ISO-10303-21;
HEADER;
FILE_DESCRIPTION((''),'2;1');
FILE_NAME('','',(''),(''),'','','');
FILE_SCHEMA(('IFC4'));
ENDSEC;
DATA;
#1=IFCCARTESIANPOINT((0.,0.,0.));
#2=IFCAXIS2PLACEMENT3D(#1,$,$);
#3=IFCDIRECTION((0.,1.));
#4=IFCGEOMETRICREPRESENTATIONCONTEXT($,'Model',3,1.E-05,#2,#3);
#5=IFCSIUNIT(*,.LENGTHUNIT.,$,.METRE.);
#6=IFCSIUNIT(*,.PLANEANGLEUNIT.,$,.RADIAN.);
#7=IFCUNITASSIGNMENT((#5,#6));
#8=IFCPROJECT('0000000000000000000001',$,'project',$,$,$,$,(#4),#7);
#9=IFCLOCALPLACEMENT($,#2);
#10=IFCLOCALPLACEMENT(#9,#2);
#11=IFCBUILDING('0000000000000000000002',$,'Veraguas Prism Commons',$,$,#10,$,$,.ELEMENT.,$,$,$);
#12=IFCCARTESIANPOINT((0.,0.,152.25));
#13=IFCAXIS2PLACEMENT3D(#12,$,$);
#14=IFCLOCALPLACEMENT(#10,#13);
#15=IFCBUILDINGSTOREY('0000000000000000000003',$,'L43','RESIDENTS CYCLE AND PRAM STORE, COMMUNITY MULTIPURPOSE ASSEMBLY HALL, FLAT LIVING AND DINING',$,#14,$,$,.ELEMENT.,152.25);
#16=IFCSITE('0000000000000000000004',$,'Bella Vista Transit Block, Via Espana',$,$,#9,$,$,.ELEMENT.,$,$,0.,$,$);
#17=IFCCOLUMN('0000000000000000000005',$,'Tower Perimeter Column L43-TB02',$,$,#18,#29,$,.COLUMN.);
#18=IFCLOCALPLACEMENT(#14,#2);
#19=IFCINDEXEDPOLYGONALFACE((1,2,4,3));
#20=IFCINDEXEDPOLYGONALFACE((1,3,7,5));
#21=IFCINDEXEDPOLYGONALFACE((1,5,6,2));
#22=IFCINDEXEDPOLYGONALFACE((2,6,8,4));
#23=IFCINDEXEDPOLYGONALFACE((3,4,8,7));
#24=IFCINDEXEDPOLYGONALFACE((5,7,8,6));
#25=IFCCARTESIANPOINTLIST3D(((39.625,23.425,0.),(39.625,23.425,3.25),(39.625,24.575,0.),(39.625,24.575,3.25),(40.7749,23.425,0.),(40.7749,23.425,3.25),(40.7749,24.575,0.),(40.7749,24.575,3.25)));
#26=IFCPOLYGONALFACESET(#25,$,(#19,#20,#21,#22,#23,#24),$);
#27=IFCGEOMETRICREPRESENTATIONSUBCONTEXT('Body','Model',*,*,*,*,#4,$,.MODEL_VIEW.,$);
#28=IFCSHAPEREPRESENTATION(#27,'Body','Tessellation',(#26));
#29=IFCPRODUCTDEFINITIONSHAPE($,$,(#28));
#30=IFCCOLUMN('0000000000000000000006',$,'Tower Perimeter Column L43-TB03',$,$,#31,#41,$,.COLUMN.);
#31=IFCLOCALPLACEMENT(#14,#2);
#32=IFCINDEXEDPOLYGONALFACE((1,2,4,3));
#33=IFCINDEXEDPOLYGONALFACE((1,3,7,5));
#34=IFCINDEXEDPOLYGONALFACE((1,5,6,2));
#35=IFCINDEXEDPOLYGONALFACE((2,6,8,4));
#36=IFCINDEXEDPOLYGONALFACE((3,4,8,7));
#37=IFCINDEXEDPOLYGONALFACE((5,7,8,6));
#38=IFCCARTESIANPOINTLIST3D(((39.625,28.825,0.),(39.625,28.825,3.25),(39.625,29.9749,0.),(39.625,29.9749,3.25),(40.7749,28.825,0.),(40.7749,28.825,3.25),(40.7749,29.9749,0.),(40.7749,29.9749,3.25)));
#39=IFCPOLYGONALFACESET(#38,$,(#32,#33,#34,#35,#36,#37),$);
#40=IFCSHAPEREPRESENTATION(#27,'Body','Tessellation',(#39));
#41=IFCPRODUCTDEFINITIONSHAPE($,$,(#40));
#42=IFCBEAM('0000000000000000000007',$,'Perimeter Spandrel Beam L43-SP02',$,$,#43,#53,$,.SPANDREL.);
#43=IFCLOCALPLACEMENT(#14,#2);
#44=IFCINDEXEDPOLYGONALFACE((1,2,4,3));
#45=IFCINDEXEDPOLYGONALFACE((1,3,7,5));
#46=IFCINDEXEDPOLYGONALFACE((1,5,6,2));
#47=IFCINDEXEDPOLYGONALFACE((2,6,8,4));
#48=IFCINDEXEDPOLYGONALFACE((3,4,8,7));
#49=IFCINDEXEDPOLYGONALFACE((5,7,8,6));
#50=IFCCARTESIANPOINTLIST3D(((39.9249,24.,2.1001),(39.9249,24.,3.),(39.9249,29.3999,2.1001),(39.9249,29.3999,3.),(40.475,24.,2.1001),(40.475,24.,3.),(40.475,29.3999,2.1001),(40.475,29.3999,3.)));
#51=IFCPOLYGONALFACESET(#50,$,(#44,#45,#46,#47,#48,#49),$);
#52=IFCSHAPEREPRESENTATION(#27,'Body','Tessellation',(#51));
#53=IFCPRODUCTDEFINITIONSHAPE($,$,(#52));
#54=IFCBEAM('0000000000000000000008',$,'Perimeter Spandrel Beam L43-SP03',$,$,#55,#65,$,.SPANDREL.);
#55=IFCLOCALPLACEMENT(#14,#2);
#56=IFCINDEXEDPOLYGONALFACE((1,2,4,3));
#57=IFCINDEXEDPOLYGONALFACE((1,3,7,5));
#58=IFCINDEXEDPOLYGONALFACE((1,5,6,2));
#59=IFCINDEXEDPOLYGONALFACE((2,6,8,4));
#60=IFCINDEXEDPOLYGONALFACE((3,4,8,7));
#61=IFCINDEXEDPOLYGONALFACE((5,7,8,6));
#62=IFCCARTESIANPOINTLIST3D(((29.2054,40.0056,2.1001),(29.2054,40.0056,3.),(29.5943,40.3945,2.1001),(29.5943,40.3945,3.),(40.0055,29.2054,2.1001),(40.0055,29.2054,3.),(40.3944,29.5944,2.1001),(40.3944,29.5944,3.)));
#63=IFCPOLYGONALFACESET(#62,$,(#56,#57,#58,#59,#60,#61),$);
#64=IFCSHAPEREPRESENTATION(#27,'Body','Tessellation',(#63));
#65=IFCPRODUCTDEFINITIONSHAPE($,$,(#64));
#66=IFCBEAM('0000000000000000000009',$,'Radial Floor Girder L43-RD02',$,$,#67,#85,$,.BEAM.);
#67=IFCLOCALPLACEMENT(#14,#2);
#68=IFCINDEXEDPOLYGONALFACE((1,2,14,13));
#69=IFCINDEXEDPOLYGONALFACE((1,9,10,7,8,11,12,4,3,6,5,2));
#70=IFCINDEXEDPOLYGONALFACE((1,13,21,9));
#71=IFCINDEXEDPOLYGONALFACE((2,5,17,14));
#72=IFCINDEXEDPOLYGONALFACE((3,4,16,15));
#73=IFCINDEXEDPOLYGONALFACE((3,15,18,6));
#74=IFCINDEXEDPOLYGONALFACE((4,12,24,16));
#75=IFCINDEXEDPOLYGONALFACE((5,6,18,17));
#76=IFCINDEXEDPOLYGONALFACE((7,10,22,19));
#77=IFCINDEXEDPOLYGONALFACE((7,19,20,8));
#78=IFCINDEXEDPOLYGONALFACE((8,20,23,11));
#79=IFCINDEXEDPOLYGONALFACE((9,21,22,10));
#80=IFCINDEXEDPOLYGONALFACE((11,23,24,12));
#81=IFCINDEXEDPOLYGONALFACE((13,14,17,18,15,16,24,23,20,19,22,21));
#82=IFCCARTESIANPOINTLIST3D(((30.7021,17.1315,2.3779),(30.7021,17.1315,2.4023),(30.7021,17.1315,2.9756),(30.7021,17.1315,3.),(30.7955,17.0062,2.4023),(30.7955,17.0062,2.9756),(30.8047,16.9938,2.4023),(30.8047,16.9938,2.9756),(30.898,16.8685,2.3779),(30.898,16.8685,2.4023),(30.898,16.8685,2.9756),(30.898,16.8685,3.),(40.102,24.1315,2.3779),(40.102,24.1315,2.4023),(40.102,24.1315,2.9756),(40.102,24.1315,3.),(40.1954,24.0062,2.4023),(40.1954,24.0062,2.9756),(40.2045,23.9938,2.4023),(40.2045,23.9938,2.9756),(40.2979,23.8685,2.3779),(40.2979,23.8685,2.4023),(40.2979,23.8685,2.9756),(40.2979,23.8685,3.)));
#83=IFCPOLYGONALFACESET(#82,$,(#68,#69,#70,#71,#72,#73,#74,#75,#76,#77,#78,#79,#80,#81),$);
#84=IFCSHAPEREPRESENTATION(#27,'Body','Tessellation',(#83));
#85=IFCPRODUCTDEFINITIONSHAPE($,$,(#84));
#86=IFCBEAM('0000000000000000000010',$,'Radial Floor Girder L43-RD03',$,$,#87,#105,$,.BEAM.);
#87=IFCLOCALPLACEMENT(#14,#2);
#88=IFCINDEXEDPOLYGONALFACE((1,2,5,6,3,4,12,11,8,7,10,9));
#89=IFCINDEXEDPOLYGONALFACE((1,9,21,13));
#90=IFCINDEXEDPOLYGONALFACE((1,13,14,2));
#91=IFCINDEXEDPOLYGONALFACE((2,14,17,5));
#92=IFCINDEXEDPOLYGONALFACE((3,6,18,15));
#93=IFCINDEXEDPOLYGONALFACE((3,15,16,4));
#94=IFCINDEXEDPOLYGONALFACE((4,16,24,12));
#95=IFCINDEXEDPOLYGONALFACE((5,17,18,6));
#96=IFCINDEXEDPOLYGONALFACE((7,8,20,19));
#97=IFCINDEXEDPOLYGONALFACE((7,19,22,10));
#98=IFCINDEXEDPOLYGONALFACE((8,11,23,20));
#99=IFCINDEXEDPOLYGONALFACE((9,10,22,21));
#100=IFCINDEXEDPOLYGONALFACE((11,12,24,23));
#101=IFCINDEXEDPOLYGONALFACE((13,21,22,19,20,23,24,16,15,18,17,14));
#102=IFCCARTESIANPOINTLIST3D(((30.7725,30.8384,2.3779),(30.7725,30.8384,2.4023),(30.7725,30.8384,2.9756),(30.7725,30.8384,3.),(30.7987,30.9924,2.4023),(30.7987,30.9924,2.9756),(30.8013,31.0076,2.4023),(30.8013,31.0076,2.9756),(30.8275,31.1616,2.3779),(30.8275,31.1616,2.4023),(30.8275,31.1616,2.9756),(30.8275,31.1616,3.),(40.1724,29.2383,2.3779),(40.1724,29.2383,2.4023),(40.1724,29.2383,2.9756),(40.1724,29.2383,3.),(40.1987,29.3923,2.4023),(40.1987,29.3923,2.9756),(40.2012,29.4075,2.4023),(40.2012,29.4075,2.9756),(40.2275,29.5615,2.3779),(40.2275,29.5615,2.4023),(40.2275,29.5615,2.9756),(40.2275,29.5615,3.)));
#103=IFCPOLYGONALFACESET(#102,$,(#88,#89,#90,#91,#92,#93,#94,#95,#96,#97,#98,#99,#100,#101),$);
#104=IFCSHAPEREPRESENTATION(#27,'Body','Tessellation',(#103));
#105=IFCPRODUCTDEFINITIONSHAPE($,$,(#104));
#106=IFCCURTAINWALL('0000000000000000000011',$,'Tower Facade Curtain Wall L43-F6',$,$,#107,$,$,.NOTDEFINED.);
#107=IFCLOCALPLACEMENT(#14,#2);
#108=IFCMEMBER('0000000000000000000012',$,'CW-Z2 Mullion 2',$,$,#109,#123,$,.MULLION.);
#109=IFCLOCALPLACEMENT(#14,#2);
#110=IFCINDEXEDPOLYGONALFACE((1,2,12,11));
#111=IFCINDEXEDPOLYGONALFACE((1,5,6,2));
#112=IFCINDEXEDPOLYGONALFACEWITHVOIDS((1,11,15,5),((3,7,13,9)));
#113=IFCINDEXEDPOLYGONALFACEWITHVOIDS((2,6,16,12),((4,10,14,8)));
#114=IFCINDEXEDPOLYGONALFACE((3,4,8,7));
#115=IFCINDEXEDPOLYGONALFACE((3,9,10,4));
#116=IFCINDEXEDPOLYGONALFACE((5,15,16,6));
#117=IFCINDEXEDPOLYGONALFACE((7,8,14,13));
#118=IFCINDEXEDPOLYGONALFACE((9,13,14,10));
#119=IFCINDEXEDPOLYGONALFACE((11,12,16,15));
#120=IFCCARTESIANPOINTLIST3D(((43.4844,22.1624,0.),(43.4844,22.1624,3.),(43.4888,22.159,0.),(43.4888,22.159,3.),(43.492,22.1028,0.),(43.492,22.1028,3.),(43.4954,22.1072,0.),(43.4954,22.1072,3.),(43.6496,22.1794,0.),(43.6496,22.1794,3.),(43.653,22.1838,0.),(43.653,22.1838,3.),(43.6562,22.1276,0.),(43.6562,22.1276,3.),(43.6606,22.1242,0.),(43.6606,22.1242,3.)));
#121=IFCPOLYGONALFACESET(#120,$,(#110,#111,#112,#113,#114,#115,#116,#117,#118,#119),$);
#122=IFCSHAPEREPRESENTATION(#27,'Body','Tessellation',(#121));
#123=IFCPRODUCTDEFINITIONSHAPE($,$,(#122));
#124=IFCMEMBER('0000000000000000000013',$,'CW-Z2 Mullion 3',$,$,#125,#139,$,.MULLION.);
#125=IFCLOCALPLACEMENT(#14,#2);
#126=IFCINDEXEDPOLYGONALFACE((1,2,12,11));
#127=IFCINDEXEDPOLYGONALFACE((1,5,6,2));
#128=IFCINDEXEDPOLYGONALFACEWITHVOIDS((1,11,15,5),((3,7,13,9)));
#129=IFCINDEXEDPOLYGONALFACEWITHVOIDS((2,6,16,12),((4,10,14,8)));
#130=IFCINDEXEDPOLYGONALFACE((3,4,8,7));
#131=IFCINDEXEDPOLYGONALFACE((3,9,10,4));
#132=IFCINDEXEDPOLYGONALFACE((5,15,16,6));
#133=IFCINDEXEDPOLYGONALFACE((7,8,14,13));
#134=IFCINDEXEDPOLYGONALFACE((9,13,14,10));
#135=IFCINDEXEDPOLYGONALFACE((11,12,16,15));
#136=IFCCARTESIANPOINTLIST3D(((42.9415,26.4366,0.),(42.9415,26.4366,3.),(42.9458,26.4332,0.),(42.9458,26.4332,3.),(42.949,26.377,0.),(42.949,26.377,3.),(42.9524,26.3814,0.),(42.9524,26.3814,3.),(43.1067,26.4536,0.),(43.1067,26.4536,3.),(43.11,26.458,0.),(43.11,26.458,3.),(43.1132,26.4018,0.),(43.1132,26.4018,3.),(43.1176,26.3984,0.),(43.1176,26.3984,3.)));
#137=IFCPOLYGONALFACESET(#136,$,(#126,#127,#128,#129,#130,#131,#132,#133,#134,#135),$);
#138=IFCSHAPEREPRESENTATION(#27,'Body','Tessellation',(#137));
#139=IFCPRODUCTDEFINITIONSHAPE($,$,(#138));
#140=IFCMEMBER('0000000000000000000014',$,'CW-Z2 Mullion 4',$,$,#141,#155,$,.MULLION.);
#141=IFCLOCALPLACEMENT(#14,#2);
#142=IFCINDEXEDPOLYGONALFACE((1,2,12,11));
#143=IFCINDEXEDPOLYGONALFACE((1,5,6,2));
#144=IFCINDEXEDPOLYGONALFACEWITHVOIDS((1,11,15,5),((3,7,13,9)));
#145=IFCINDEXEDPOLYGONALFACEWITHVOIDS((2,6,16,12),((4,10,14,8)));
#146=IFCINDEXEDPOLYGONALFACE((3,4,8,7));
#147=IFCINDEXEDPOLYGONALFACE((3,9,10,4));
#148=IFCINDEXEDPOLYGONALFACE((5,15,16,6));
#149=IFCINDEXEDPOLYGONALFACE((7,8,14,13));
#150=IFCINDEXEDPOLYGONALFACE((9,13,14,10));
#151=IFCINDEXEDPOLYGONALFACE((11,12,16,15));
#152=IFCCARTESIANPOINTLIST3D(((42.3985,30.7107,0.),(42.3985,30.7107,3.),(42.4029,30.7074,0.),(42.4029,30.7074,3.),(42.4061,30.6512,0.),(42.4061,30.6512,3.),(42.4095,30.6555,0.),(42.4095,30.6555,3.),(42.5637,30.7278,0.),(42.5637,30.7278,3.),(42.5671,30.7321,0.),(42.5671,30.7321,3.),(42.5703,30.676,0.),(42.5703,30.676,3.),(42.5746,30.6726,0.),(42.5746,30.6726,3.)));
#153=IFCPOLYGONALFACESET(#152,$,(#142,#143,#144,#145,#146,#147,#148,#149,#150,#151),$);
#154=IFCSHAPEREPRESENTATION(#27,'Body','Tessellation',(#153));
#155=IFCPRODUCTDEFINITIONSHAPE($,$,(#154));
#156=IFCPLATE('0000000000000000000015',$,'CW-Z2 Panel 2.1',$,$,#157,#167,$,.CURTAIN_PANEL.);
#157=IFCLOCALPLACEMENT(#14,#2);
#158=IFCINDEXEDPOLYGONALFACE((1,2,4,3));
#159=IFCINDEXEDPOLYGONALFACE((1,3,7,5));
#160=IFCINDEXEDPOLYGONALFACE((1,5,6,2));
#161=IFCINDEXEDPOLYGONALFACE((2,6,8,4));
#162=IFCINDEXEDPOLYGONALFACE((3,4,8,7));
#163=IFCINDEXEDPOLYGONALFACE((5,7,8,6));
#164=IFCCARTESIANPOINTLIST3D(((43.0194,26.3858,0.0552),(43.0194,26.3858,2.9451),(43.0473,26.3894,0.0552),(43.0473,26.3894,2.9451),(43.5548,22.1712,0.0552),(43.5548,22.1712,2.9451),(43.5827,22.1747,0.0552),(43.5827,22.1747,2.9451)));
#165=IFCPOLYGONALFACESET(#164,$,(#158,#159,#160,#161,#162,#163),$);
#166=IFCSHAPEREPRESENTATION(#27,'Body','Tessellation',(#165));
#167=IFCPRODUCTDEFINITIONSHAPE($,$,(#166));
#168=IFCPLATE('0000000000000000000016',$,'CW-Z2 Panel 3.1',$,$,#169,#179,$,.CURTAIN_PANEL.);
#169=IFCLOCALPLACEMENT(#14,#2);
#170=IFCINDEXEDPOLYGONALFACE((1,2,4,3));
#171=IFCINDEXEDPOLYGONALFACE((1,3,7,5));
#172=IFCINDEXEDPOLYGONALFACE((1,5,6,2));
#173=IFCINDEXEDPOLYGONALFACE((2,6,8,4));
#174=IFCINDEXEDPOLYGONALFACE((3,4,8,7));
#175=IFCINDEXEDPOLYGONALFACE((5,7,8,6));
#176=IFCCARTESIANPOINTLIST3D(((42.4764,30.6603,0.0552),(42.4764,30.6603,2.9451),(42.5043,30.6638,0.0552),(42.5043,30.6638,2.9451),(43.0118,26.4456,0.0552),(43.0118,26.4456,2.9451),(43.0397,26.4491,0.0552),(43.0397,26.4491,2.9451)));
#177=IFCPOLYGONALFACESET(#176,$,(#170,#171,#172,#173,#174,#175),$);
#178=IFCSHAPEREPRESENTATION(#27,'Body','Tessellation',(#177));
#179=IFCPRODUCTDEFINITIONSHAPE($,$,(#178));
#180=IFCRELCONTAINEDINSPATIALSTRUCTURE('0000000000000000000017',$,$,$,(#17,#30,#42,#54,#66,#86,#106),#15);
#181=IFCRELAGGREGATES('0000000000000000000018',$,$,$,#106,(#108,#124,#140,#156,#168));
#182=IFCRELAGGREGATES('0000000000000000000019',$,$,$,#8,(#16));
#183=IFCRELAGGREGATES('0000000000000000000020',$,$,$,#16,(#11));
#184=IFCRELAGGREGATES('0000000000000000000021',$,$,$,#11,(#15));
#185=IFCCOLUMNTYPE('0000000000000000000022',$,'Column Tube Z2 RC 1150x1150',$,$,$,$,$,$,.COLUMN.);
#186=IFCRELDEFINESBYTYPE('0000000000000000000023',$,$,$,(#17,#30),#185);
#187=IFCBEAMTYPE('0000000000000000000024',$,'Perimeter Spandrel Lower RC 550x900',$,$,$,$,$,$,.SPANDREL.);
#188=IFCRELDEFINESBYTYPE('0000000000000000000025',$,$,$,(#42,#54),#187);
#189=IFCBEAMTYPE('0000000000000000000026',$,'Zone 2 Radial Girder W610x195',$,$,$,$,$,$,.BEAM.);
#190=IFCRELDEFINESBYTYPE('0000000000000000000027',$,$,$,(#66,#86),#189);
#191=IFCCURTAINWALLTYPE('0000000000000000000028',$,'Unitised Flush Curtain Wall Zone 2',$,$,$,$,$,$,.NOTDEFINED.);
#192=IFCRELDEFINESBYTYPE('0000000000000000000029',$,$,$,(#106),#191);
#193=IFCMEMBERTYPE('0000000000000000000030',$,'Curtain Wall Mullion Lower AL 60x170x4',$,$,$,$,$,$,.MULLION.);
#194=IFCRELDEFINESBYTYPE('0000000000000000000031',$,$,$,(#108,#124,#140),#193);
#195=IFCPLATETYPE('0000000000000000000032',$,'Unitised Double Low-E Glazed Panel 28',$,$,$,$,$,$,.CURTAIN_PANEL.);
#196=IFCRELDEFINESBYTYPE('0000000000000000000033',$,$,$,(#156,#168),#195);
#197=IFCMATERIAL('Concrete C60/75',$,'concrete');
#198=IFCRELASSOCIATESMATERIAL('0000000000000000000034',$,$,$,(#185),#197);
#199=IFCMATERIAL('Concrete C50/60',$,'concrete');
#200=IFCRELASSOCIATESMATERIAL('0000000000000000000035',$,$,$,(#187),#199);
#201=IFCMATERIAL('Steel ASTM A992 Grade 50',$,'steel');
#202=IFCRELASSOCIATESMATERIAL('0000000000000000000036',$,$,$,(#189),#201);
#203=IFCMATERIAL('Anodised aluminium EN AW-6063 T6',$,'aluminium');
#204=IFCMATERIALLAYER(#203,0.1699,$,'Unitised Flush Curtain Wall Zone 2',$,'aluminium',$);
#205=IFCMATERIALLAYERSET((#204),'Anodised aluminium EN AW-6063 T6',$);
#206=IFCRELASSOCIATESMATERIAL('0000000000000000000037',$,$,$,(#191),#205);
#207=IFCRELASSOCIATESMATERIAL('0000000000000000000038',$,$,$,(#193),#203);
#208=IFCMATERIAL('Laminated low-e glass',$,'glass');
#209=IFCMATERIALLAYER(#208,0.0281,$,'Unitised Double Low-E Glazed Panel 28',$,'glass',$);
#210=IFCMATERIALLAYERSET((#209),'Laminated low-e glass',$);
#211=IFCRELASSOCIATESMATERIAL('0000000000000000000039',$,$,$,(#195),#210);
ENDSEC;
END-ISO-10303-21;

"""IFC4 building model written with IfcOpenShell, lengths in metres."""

from ifc_helpers import new_model, si_unit, direction, frame, origin, origin_2d, place, context, subcontext, project, spatial, rectangle, hollow_rectangle, i_section, extrude, source, transform, mapped, material, layer, layer_set, material_profile, profile_set, type_object, element, aggregate, save


model = new_model("IFC4")

# Units and contexts
model_context = context("Model", 3, precision=1e-05, world=origin(), true_north=direction((0.0, 1.0)))
body_context = subcontext(model_context, "Body", "Model", "MODEL_VIEW")
ifc_project = project(units=[si_unit("LENGTHUNIT", "METRE"), si_unit("PLANEANGLEUNIT", "RADIAN")], contexts=[model_context])

# Site, building, storey
site_placement = place(None, origin())
site = spatial("IfcSite", under=ifc_project, at=site_placement, Name="Bella Vista Transit Block, Via Espana", CompositionType="ELEMENT", RefElevation=0.0)
building_placement = place(site_placement, origin())
building = spatial("IfcBuilding", under=site, at=building_placement, Name="Veraguas Prism Commons", CompositionType="ELEMENT")
storey_placement = place(building_placement, frame((0.0, 0.0, 152.25)))
storey = spatial("IfcBuildingStorey", under=building, at=storey_placement, Name="L43", Description="RESIDENTS CYCLE AND PRAM STORE, COMMUNITY MULTIPURPOSE ASSEMBLY HALL, FLAT LIVING AND DINING", CompositionType="ELEMENT", Elevation=152.25)

# Columns
ifc_material_1 = material(Name="Concrete C60/75", Category="concrete")
ifc_material_profile_1 = material_profile(ifc_material_1, rectangle(XDim=1.1499, YDim=1.1499, at=origin_2d()), Name="RC1150X1150")
ifc_profile_set_1 = profile_set([ifc_material_profile_1], Name="Concrete C60/75")
column_type = type_object("IfcColumnType", Name="Column Tube Z2 RC 1150x1150", PredefinedType="COLUMN", material=ifc_profile_set_1)
for number, where, z_axis, x_axis, name in (
    (1, (40.2, 24.0, 0.0), (0.0, 0.0, 1.0), (1.0, 0.0, 0.0), "Tower Perimeter Column L43-TB02"),
    (2, (40.2, 29.3999, 0.0), (0.0, 0.0, 1.0), (1.0, 0.0, 0.0), "Tower Perimeter Column L43-TB03"),
):
    element("IfcColumn", number, at=place(storey_placement, frame(where, z_axis=z_axis, x_axis=x_axis)), inside=storey, type_object=column_type, Name=name, PredefinedType="COLUMN", context=body_context, shape_type="SweptSolid", body=[
        extrude(rectangle(XDim=1.1499, YDim=1.1499, at=origin_2d()), origin(), (0.0, 0.0, 1.0), 3.25),
    ])

# Beams
ifc_material_2 = material(Name="Concrete C50/60", Category="concrete")
ifc_material_profile_2 = material_profile(ifc_material_2, rectangle(XDim=0.55, YDim=0.8999, at=origin_2d()), Name="RC550X900")
ifc_profile_set_2 = profile_set([ifc_material_profile_2], Name="Concrete C50/60")
beam_type_1 = type_object("IfcBeamType", Name="Perimeter Spandrel Lower RC 550x900", PredefinedType="SPANDREL", material=ifc_profile_set_2)
beam_1_placement = place(storey_placement, frame((40.2, 24.0, 2.55), z_axis=(0.0, 1.0, 0.0), x_axis=(-1.0, 0.0, 0.0)))
element("IfcBeam", 3, at=beam_1_placement, inside=storey, type_object=beam_type_1, Name="Perimeter Spandrel Beam L43-SP02", PredefinedType="SPANDREL", context=body_context, shape_type="SweptSolid", body=[
    extrude(rectangle(XDim=0.55, YDim=0.8999, at=origin_2d()), origin(), (0.0, 0.0, 1.0), 5.3999),
])
beam_2_placement = place(storey_placement, frame((40.2, 29.3999, 2.55), z_axis=(-0.707107, 0.707107, 0.0), x_axis=(-0.707107, -0.707107, 0.0)))
element("IfcBeam", 4, at=beam_2_placement, inside=storey, type_object=beam_type_1, Name="Perimeter Spandrel Beam L43-SP03", PredefinedType="SPANDREL", context=body_context, shape_type="SweptSolid", body=[
    extrude(rectangle(XDim=0.55, YDim=0.8999, at=origin_2d()), origin(), (0.0, 0.0, 1.0), 15.2737),
])
ifc_material_3 = material(Name="Steel ASTM A992 Grade 50", Category="steel")
ifc_material_profile_3 = material_profile(ifc_material_3, i_section(OverallWidth=0.3279, OverallDepth=0.6221, WebThickness=0.0154, FlangeThickness=0.0244, at=origin_2d()), Name="W610X195")
ifc_profile_set_3 = profile_set([ifc_material_profile_3], Name="Steel ASTM A992 Grade 50")
beam_type_2 = type_object("IfcBeamType", Name="Zone 2 Radial Girder W610x195", PredefinedType="BEAM", material=ifc_profile_set_3)
beam_3_placement = place(storey_placement, frame((40.2, 24.0, 2.689), z_axis=(-0.80204, -0.59727, 0.0), x_axis=(0.59727, -0.80204, 0.0)))
element("IfcBeam", 5, at=beam_3_placement, inside=storey, type_object=beam_type_2, Name="Radial Floor Girder L43-RD02", PredefinedType="BEAM", context=body_context, shape_type="SweptSolid", body=[
    extrude(i_section(OverallWidth=0.3279, OverallDepth=0.6221, WebThickness=0.0154, FlangeThickness=0.0244, at=origin_2d()), origin(), (0.0, 0.0, 1.0), 11.72),
])
beam_4_placement = place(storey_placement, frame((40.2, 29.3999, 2.689), z_axis=(-0.985819, 0.167811, 0.0), x_axis=(-0.167811, -0.985819, 0.0)))
element("IfcBeam", 6, at=beam_4_placement, inside=storey, type_object=beam_type_2, Name="Radial Floor Girder L43-RD03", PredefinedType="BEAM", context=body_context, shape_type="SweptSolid", body=[
    extrude(i_section(OverallWidth=0.3279, OverallDepth=0.6221, WebThickness=0.0154, FlangeThickness=0.0244, at=origin_2d()), origin(), (0.0, 0.0, 1.0), 9.5352),
])

# Curtain wall, members, plates
ifc_material_4 = material(Name="Anodised aluminium EN AW-6063 T6", Category="aluminium")
ifc_layer_1 = layer(ifc_material_4, 0.1699, Name="Unitised Flush Curtain Wall Zone 2", Category="aluminium")
ifc_layer_set_1 = layer_set([ifc_layer_1], Name="Anodised aluminium EN AW-6063 T6")
curtain_wall_type = type_object("IfcCurtainWallType", Name="Unitised Flush Curtain Wall Zone 2", PredefinedType="NOTDEFINED", material=ifc_layer_set_1)
curtain_wall_placement = place(storey_placement, origin())
curtain_wall = element("IfcCurtainWall", 7, at=curtain_wall_placement, inside=storey, type_object=curtain_wall_type, Name="Tower Facade Curtain Wall L43-F6", PredefinedType="NOTDEFINED")
ifc_material_profile_4 = material_profile(ifc_material_4, hollow_rectangle(XDim=0.0601, YDim=0.1699, WallThickness=0.0039, at=origin_2d()), Name="AL60X170X4")
ifc_profile_set_4 = profile_set([ifc_material_profile_4], Name="Anodised aluminium EN AW-6063 T6")
member_type = type_object("IfcMemberType", Name="Curtain Wall Mullion Lower AL 60x170x4", PredefinedType="MULLION", material=ifc_profile_set_4)
shared_shape_1 = source(origin(), body_context, "Body", "SweptSolid", [
    extrude(hollow_rectangle(XDim=0.0601, YDim=0.1699, WallThickness=0.0039, at=origin_2d()), origin(), (0.0, 0.0, 1.0), 3.0),
])
member_1_placement = place(storey_placement, frame((43.5725, 22.1433, 0.0), z_axis=(0.0, 0.0, 1.0), x_axis=(-0.126021, 0.992028, 0.0)))
member_1 = element("IfcMember", 8, at=member_1_placement, type_object=member_type, Name="CW-Z2 Mullion 2", PredefinedType="MULLION", context=body_context, shape_type="MappedRepresentation", body=[
    mapped(shared_shape_1, transform((0.0, 0.0, 0.0), scale=1.0)),
])
member_2_placement = place(storey_placement, frame((43.0295, 26.4175, 0.0), z_axis=(0.0, 0.0, 1.0), x_axis=(-0.126021, 0.992028, 0.0)))
member_2 = element("IfcMember", 9, at=member_2_placement, type_object=member_type, Name="CW-Z2 Mullion 3", PredefinedType="MULLION", context=body_context, shape_type="MappedRepresentation", body=[
    mapped(shared_shape_1, transform((0.0, 0.0, 0.0), scale=1.0)),
])
member_3_placement = place(storey_placement, frame((42.4866, 30.6917, 0.0), z_axis=(0.0, 0.0, 1.0), x_axis=(-0.126021, 0.992028, 0.0)))
member_3 = element("IfcMember", 10, at=member_3_placement, type_object=member_type, Name="CW-Z2 Mullion 4", PredefinedType="MULLION", context=body_context, shape_type="MappedRepresentation", body=[
    mapped(shared_shape_1, transform((0.0, 0.0, 0.0), scale=1.0)),
])
ifc_material_5 = material(Name="Laminated low-e glass", Category="glass")
ifc_layer_2 = layer(ifc_material_5, 0.0281, Name="Unitised Double Low-E Glazed Panel 28", Category="glass")
ifc_layer_set_2 = layer_set([ifc_layer_2], Name="Laminated low-e glass")
plate_type = type_object("IfcPlateType", Name="Unitised Double Low-E Glazed Panel 28", PredefinedType="CURTAIN_PANEL", material=ifc_layer_set_2)
shared_shape_2 = source(origin(), body_context, "Body", "SweptSolid", [
    extrude(rectangle(XDim=4.2485, YDim=0.0281, at=origin_2d()), origin(), (0.0, 0.0, 1.0), 2.8899),
])
plate_1_placement = place(storey_placement, frame((43.301, 24.2803, 0.0552), z_axis=(0.0, 0.0, 1.0), x_axis=(-0.126021, 0.992028, 0.0)))
plate_1 = element("IfcPlate", 11, at=plate_1_placement, type_object=plate_type, Name="CW-Z2 Panel 2.1", PredefinedType="CURTAIN_PANEL", context=body_context, shape_type="MappedRepresentation", body=[
    mapped(shared_shape_2, transform((0.0, 0.0, 0.0), scale=1.0)),
])
plate_2_placement = place(storey_placement, frame((42.7581, 28.5547, 0.0552), z_axis=(0.0, 0.0, 1.0), x_axis=(-0.126021, 0.992028, 0.0)))
plate_2 = element("IfcPlate", 12, at=plate_2_placement, type_object=plate_type, Name="CW-Z2 Panel 3.1", PredefinedType="CURTAIN_PANEL", context=body_context, shape_type="MappedRepresentation", body=[
    mapped(shared_shape_2, transform((0.0, 0.0, 0.0), scale=1.0)),
])
aggregate(curtain_wall, [member_1, member_2, member_3, plate_1, plate_2])

save(model, "model.ifc")
